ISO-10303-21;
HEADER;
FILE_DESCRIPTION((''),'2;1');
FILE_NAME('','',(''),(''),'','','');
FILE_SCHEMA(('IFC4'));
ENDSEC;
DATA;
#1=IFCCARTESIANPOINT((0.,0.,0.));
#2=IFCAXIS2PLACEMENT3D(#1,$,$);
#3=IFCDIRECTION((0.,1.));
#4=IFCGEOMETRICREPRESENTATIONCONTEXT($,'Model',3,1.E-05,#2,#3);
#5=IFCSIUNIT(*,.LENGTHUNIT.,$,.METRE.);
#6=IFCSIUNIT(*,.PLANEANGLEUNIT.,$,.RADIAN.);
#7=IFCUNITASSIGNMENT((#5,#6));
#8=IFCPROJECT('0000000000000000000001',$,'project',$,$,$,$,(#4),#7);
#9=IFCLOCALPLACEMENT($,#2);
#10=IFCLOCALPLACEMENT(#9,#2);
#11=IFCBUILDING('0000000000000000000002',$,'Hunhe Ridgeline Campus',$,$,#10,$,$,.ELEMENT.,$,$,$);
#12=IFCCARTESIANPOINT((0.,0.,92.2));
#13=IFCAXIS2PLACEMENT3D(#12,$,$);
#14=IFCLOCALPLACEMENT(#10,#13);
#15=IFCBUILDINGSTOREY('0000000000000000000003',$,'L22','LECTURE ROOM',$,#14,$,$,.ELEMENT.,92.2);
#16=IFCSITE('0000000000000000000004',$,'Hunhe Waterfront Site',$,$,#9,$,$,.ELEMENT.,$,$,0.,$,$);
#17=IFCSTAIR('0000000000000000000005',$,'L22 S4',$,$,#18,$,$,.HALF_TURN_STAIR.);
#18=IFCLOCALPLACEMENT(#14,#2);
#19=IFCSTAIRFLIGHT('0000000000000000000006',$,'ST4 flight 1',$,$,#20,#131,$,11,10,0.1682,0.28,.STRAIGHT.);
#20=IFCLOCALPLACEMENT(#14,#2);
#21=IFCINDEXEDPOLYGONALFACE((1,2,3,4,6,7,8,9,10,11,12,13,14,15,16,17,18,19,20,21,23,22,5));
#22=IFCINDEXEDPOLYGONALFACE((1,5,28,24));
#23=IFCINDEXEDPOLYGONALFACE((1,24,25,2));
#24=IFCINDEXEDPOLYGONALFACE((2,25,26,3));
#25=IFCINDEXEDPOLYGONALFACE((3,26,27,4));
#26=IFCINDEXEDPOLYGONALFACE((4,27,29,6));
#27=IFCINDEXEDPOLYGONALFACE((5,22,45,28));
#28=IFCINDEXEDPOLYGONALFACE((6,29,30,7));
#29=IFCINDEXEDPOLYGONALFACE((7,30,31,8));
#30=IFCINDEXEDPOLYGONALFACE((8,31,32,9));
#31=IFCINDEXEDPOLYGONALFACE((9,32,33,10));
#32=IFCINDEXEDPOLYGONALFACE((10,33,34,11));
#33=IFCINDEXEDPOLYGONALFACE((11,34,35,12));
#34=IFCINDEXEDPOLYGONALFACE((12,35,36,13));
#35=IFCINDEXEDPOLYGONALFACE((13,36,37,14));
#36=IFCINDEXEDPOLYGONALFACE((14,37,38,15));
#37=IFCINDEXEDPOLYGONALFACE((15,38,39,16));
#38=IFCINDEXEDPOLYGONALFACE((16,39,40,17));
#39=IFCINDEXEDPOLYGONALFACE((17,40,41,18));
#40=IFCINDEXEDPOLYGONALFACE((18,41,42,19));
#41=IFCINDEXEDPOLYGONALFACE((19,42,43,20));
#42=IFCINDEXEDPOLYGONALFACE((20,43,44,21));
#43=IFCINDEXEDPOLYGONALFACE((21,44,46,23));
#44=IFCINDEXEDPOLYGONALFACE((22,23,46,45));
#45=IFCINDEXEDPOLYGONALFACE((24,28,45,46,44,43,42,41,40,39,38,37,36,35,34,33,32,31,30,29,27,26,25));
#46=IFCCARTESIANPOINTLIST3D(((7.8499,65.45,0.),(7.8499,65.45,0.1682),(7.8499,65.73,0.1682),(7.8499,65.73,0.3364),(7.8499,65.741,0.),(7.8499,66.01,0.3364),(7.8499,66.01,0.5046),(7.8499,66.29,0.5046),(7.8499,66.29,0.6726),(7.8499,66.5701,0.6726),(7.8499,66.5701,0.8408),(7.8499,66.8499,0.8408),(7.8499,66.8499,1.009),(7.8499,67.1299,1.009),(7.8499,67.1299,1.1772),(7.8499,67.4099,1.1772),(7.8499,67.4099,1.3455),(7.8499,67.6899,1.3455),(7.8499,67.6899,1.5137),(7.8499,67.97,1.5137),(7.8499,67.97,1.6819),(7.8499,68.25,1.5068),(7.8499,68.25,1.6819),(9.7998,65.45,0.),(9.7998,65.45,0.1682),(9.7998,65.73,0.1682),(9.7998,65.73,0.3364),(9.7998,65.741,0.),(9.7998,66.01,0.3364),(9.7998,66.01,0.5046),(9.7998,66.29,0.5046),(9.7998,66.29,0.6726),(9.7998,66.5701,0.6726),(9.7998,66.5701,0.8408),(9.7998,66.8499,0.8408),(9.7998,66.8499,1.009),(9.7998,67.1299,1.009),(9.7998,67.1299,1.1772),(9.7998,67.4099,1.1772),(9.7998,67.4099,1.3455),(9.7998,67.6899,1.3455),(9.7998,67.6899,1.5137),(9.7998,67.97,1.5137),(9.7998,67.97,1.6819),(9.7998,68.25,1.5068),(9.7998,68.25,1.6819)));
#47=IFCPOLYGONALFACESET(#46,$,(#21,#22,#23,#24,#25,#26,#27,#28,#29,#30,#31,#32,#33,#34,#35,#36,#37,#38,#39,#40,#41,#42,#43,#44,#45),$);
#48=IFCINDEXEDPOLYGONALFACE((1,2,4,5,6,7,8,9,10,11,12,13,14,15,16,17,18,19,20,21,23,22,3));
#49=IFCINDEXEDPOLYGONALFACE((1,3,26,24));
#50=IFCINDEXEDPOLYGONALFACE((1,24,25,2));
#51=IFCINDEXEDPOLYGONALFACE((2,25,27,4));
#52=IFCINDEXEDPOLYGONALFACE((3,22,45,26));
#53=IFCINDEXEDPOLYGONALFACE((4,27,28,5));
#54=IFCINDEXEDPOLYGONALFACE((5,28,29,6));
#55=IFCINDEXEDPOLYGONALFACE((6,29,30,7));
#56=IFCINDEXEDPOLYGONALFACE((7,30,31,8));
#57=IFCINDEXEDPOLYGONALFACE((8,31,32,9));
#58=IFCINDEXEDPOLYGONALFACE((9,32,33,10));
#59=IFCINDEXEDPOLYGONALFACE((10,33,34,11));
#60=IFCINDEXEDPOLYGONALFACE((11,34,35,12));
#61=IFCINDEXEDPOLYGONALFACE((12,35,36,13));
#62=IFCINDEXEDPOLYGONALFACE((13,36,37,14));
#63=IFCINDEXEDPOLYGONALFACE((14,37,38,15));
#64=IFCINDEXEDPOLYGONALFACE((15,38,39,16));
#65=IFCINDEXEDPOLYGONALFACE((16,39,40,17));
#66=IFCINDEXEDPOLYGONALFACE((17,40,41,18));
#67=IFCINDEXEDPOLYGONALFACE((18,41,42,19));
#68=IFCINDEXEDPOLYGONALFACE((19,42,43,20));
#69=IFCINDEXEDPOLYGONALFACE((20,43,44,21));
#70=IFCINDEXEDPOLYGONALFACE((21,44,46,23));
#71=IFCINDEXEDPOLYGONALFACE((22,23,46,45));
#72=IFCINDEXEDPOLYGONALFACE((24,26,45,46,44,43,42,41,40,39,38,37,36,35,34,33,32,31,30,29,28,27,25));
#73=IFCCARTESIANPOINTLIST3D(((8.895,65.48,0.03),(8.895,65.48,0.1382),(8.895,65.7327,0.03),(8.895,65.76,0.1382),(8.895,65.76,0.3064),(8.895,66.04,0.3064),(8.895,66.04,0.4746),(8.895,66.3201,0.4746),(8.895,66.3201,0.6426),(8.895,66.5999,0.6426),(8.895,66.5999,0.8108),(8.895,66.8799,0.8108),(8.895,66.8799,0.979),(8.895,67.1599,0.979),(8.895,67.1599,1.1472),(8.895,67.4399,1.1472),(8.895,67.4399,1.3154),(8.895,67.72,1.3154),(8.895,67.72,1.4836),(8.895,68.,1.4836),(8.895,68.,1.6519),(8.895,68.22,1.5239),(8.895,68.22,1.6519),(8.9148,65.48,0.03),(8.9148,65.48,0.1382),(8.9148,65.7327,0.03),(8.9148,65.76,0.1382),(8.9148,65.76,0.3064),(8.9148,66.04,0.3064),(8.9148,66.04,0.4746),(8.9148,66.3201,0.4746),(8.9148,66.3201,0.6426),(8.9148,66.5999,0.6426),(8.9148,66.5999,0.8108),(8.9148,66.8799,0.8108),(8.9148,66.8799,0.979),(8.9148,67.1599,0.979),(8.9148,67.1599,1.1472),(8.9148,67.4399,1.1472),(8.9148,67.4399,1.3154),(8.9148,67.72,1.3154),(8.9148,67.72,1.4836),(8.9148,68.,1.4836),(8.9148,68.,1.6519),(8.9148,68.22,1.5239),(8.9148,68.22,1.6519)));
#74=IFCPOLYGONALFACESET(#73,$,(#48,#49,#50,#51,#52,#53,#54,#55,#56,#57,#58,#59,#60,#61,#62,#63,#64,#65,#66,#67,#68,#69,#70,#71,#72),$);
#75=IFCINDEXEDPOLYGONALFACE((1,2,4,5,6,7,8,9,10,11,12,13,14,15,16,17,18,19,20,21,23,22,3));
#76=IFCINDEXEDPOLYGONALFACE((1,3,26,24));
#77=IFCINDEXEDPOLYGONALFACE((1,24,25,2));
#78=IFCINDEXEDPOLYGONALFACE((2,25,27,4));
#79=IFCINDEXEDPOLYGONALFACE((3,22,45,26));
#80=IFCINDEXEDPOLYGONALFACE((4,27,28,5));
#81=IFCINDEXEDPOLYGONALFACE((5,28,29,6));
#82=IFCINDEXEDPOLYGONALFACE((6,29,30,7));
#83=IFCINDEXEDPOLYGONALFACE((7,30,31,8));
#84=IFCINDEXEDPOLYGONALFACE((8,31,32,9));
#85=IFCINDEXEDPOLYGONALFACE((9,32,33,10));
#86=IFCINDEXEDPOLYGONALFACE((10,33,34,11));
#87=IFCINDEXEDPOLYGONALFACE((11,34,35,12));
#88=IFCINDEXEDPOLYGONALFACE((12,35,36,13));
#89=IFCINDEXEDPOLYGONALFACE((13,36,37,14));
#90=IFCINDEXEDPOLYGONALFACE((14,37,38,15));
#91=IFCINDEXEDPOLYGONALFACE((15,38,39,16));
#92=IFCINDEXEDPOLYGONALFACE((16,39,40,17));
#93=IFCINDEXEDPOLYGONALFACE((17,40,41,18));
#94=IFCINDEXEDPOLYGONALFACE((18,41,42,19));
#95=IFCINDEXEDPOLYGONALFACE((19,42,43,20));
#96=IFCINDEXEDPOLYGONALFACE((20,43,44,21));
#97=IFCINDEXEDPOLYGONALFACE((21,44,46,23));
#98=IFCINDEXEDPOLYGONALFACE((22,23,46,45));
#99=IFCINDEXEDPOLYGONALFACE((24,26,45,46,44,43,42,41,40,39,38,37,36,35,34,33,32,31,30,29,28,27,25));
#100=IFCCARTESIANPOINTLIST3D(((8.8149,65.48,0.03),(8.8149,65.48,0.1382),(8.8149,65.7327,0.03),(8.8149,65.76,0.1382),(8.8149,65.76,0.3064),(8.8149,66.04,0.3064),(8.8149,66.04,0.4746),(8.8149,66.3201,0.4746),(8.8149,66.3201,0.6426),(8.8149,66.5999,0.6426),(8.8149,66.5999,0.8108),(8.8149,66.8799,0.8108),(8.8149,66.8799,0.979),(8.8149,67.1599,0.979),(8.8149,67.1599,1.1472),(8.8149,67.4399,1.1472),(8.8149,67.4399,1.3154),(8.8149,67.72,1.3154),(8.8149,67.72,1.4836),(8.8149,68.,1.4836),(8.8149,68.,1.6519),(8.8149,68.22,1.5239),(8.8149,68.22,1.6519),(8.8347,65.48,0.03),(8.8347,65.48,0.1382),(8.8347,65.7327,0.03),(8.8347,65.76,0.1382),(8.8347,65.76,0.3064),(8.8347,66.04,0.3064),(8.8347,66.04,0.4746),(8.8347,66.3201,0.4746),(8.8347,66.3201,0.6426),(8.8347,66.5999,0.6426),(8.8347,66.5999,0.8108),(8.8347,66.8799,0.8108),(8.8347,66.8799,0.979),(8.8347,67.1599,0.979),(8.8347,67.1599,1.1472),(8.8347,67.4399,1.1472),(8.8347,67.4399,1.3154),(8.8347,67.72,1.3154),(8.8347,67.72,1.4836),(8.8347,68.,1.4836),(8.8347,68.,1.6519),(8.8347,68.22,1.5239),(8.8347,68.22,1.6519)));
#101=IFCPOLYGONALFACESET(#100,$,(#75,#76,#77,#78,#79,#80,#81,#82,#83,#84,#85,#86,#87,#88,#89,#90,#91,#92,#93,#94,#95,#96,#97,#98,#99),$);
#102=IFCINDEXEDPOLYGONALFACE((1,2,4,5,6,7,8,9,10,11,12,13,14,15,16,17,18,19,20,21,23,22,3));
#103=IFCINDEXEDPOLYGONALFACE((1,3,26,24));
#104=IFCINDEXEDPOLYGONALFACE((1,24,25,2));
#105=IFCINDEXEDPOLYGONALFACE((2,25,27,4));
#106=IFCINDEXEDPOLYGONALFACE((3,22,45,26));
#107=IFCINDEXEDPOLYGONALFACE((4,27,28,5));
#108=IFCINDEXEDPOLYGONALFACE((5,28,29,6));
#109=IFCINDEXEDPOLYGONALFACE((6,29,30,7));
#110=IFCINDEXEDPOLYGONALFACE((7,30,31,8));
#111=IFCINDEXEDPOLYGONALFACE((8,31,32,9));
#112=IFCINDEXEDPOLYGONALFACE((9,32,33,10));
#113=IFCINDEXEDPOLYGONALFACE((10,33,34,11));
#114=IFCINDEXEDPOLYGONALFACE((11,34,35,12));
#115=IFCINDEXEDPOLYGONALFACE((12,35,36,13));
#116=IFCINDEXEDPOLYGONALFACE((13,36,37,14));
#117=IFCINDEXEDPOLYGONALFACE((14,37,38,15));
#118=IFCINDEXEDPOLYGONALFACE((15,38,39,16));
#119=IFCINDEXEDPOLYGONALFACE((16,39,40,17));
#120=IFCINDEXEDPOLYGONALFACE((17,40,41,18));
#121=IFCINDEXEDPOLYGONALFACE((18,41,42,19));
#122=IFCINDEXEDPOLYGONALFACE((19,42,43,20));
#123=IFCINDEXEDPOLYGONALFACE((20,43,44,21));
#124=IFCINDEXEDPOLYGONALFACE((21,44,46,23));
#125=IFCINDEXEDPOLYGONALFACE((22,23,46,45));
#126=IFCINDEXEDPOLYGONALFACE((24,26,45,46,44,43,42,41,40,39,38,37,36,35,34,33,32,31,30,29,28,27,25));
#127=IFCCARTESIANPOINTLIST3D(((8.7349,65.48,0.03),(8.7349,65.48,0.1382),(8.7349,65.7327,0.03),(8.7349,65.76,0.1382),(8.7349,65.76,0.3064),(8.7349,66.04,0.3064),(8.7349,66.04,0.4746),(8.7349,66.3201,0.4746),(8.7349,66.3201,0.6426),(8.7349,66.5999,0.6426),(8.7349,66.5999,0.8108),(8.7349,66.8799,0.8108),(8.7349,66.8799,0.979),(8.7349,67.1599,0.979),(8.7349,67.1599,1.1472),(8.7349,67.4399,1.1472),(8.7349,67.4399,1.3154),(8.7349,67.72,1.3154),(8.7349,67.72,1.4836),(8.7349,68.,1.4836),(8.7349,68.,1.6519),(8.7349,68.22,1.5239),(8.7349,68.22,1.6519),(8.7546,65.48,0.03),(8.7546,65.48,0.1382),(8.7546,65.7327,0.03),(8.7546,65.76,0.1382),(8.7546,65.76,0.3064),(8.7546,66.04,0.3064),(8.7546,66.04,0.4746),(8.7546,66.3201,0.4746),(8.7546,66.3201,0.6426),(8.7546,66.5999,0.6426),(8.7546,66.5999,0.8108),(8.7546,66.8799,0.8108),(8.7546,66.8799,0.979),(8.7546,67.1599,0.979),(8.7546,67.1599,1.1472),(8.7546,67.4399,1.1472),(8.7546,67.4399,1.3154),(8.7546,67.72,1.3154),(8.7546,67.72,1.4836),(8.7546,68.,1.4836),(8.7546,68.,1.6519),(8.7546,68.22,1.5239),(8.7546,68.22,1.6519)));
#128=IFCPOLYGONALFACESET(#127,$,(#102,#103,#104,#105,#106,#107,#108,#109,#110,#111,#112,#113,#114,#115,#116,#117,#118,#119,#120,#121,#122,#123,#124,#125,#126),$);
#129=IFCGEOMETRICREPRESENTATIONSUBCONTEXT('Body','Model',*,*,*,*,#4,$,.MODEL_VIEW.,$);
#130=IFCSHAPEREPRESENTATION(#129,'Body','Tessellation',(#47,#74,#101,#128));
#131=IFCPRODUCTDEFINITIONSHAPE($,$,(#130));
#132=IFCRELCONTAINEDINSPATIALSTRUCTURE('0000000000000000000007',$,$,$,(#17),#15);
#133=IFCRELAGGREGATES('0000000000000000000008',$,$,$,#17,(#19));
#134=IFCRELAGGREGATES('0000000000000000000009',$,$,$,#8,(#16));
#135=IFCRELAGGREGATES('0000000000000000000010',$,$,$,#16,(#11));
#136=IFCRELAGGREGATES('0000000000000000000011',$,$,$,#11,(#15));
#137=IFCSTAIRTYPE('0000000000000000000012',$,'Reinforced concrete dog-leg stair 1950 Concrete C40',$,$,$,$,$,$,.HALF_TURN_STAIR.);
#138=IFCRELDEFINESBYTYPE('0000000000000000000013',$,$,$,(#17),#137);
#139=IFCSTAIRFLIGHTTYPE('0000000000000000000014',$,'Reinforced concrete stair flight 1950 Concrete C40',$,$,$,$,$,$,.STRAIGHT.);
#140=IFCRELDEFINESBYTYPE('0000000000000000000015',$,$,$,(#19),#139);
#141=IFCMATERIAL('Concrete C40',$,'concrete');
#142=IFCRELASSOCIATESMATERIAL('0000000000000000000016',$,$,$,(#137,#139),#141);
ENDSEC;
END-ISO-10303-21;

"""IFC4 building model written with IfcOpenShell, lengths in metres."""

from ifc_helpers import new_model, si_unit, direction, frame, origin, place, context, subcontext, project, spatial, polyline, outline, extrude, material, type_object, element, aggregate, save


model = new_model("IFC4")

# Units and contexts
model_context = context("Model", 3, precision=1e-05, world=origin(), true_north=direction((0.0, 1.0)))
body_context = subcontext(model_context, "Body", "Model", "MODEL_VIEW")
ifc_project = project(units=[si_unit("LENGTHUNIT", "METRE"), si_unit("PLANEANGLEUNIT", "RADIAN")], contexts=[model_context])

# Site, building, storey
site_placement = place(None, origin())
site = spatial("IfcSite", under=ifc_project, at=site_placement, Name="Hunhe Waterfront Site", CompositionType="ELEMENT", RefElevation=0.0)
building_placement = place(site_placement, origin())
building = spatial("IfcBuilding", under=site, at=building_placement, Name="Hunhe Ridgeline Campus", CompositionType="ELEMENT")
storey_placement = place(building_placement, frame((0.0, 0.0, 92.2)))
storey = spatial("IfcBuildingStorey", under=building, at=storey_placement, Name="L22", Description="LECTURE ROOM", CompositionType="ELEMENT", Elevation=92.2)

# Stair, stair flight
ifc_material_1 = material(Name="Concrete C40", Category="concrete")
stair_type = type_object("IfcStairType", Name="Reinforced concrete dog-leg stair 1950 Concrete C40", PredefinedType="HALF_TURN_STAIR", material=ifc_material_1)
stair_1_placement = place(storey_placement, origin())
stair_1 = element("IfcStair", 1, at=stair_1_placement, inside=storey, type_object=stair_type, Name="L22 S4", PredefinedType="HALF_TURN_STAIR")
stair_flight_type = type_object("IfcStairFlightType", Name="Reinforced concrete stair flight 1950 Concrete C40", PredefinedType="STRAIGHT", material=ifc_material_1)
stair_flight_1_placement = place(storey_placement, frame((8.825, 65.45, 0.0), z_axis=(0.0, 0.0, 1.0), x_axis=(0.0, 1.0, 0.0)))
stair_flight_1 = element("IfcStairFlight", 2, at=stair_flight_1_placement, type_object=stair_flight_type, Name="ST4 flight 1", NumberOfRisers=11, NumberOfTreads=10, PredefinedType="STRAIGHT", RiserHeight=0.1682, TreadLength=0.28, context=body_context, shape_type="SweptSolid", body=[
    extrude(outline(polyline([(0.0, 0.0), (0.0, 0.1682), (0.28, 0.1682), (0.28, 0.3364), (0.5601, 0.3364), (0.5601, 0.5046), (0.8401, 0.5046), (0.8401, 0.6726), (1.1201, 0.6726), (1.1201, 0.8408), (1.3999, 0.8408), (1.3999, 1.009), (1.6799, 1.009), (1.6799, 1.1772), (1.96, 1.1772), (1.96, 1.3455), (2.24, 1.3455), (2.24, 1.5137), (2.52, 1.5137), (2.52, 1.6819), (2.8, 1.6819), (2.8, 1.8501), (2.8, 1.5068), (0.291, 0.0), (0.0, 0.0)])), frame((0.0, 0.9751, 0.0), z_axis=(0.0, -1.0, 0.0), x_axis=(1.0, 0.0, 0.0)), (0.0, 0.0, 1.0), 1.95),
    extrude(outline(polyline([(0.03, 0.03), (0.03, 0.1382), (0.3101, 0.1382), (0.3101, 0.3064), (0.5901, 0.3064), (0.5901, 0.4746), (0.8701, 0.4746), (0.8701, 0.6426), (1.1499, 0.6426), (1.1499, 0.8108), (1.4299, 0.8108), (1.4299, 0.979), (1.71, 0.979), (1.71, 1.1472), (1.99, 1.1472), (1.99, 1.3154), (2.27, 1.3154), (2.27, 1.4836), (2.55, 1.4836), (2.55, 1.6519), (2.77, 1.6519), (2.77, 1.5239), (0.2827, 0.03), (0.03, 0.03)])), frame((0.0, -0.0701, 0.0), z_axis=(0.0, -1.0, 0.0), x_axis=(1.0, 0.0, 0.0)), (0.0, 0.0, 1.0), 0.0198),
    extrude(outline(polyline([(0.03, 0.03), (0.03, 0.1382), (0.3101, 0.1382), (0.3101, 0.3064), (0.5901, 0.3064), (0.5901, 0.4746), (0.8701, 0.4746), (0.8701, 0.6426), (1.1499, 0.6426), (1.1499, 0.8108), (1.4299, 0.8108), (1.4299, 0.979), (1.71, 0.979), (1.71, 1.1472), (1.99, 1.1472), (1.99, 1.3154), (2.27, 1.3154), (2.27, 1.4836), (2.55, 1.4836), (2.55, 1.6519), (2.77, 1.6519), (2.77, 1.5239), (0.2827, 0.03), (0.03, 0.03)])), frame((0.0, 0.01, 0.0), z_axis=(0.0, -1.0, 0.0), x_axis=(1.0, 0.0, 0.0)), (0.0, 0.0, 1.0), 0.0198),
    extrude(outline(polyline([(0.03, 0.03), (0.03, 0.1382), (0.3101, 0.1382), (0.3101, 0.3064), (0.5901, 0.3064), (0.5901, 0.4746), (0.8701, 0.4746), (0.8701, 0.6426), (1.1499, 0.6426), (1.1499, 0.8108), (1.4299, 0.8108), (1.4299, 0.979), (1.71, 0.979), (1.71, 1.1472), (1.99, 1.1472), (1.99, 1.3154), (2.27, 1.3154), (2.27, 1.4836), (2.55, 1.4836), (2.55, 1.6519), (2.77, 1.6519), (2.77, 1.5239), (0.2827, 0.03), (0.03, 0.03)])), frame((0.0, 0.0901, 0.0), z_axis=(0.0, -1.0, 0.0), x_axis=(1.0, 0.0, 0.0)), (0.0, 0.0, 1.0), 0.0198),
])
aggregate(stair_1, [stair_flight_1])

save(model, "model.ifc")
